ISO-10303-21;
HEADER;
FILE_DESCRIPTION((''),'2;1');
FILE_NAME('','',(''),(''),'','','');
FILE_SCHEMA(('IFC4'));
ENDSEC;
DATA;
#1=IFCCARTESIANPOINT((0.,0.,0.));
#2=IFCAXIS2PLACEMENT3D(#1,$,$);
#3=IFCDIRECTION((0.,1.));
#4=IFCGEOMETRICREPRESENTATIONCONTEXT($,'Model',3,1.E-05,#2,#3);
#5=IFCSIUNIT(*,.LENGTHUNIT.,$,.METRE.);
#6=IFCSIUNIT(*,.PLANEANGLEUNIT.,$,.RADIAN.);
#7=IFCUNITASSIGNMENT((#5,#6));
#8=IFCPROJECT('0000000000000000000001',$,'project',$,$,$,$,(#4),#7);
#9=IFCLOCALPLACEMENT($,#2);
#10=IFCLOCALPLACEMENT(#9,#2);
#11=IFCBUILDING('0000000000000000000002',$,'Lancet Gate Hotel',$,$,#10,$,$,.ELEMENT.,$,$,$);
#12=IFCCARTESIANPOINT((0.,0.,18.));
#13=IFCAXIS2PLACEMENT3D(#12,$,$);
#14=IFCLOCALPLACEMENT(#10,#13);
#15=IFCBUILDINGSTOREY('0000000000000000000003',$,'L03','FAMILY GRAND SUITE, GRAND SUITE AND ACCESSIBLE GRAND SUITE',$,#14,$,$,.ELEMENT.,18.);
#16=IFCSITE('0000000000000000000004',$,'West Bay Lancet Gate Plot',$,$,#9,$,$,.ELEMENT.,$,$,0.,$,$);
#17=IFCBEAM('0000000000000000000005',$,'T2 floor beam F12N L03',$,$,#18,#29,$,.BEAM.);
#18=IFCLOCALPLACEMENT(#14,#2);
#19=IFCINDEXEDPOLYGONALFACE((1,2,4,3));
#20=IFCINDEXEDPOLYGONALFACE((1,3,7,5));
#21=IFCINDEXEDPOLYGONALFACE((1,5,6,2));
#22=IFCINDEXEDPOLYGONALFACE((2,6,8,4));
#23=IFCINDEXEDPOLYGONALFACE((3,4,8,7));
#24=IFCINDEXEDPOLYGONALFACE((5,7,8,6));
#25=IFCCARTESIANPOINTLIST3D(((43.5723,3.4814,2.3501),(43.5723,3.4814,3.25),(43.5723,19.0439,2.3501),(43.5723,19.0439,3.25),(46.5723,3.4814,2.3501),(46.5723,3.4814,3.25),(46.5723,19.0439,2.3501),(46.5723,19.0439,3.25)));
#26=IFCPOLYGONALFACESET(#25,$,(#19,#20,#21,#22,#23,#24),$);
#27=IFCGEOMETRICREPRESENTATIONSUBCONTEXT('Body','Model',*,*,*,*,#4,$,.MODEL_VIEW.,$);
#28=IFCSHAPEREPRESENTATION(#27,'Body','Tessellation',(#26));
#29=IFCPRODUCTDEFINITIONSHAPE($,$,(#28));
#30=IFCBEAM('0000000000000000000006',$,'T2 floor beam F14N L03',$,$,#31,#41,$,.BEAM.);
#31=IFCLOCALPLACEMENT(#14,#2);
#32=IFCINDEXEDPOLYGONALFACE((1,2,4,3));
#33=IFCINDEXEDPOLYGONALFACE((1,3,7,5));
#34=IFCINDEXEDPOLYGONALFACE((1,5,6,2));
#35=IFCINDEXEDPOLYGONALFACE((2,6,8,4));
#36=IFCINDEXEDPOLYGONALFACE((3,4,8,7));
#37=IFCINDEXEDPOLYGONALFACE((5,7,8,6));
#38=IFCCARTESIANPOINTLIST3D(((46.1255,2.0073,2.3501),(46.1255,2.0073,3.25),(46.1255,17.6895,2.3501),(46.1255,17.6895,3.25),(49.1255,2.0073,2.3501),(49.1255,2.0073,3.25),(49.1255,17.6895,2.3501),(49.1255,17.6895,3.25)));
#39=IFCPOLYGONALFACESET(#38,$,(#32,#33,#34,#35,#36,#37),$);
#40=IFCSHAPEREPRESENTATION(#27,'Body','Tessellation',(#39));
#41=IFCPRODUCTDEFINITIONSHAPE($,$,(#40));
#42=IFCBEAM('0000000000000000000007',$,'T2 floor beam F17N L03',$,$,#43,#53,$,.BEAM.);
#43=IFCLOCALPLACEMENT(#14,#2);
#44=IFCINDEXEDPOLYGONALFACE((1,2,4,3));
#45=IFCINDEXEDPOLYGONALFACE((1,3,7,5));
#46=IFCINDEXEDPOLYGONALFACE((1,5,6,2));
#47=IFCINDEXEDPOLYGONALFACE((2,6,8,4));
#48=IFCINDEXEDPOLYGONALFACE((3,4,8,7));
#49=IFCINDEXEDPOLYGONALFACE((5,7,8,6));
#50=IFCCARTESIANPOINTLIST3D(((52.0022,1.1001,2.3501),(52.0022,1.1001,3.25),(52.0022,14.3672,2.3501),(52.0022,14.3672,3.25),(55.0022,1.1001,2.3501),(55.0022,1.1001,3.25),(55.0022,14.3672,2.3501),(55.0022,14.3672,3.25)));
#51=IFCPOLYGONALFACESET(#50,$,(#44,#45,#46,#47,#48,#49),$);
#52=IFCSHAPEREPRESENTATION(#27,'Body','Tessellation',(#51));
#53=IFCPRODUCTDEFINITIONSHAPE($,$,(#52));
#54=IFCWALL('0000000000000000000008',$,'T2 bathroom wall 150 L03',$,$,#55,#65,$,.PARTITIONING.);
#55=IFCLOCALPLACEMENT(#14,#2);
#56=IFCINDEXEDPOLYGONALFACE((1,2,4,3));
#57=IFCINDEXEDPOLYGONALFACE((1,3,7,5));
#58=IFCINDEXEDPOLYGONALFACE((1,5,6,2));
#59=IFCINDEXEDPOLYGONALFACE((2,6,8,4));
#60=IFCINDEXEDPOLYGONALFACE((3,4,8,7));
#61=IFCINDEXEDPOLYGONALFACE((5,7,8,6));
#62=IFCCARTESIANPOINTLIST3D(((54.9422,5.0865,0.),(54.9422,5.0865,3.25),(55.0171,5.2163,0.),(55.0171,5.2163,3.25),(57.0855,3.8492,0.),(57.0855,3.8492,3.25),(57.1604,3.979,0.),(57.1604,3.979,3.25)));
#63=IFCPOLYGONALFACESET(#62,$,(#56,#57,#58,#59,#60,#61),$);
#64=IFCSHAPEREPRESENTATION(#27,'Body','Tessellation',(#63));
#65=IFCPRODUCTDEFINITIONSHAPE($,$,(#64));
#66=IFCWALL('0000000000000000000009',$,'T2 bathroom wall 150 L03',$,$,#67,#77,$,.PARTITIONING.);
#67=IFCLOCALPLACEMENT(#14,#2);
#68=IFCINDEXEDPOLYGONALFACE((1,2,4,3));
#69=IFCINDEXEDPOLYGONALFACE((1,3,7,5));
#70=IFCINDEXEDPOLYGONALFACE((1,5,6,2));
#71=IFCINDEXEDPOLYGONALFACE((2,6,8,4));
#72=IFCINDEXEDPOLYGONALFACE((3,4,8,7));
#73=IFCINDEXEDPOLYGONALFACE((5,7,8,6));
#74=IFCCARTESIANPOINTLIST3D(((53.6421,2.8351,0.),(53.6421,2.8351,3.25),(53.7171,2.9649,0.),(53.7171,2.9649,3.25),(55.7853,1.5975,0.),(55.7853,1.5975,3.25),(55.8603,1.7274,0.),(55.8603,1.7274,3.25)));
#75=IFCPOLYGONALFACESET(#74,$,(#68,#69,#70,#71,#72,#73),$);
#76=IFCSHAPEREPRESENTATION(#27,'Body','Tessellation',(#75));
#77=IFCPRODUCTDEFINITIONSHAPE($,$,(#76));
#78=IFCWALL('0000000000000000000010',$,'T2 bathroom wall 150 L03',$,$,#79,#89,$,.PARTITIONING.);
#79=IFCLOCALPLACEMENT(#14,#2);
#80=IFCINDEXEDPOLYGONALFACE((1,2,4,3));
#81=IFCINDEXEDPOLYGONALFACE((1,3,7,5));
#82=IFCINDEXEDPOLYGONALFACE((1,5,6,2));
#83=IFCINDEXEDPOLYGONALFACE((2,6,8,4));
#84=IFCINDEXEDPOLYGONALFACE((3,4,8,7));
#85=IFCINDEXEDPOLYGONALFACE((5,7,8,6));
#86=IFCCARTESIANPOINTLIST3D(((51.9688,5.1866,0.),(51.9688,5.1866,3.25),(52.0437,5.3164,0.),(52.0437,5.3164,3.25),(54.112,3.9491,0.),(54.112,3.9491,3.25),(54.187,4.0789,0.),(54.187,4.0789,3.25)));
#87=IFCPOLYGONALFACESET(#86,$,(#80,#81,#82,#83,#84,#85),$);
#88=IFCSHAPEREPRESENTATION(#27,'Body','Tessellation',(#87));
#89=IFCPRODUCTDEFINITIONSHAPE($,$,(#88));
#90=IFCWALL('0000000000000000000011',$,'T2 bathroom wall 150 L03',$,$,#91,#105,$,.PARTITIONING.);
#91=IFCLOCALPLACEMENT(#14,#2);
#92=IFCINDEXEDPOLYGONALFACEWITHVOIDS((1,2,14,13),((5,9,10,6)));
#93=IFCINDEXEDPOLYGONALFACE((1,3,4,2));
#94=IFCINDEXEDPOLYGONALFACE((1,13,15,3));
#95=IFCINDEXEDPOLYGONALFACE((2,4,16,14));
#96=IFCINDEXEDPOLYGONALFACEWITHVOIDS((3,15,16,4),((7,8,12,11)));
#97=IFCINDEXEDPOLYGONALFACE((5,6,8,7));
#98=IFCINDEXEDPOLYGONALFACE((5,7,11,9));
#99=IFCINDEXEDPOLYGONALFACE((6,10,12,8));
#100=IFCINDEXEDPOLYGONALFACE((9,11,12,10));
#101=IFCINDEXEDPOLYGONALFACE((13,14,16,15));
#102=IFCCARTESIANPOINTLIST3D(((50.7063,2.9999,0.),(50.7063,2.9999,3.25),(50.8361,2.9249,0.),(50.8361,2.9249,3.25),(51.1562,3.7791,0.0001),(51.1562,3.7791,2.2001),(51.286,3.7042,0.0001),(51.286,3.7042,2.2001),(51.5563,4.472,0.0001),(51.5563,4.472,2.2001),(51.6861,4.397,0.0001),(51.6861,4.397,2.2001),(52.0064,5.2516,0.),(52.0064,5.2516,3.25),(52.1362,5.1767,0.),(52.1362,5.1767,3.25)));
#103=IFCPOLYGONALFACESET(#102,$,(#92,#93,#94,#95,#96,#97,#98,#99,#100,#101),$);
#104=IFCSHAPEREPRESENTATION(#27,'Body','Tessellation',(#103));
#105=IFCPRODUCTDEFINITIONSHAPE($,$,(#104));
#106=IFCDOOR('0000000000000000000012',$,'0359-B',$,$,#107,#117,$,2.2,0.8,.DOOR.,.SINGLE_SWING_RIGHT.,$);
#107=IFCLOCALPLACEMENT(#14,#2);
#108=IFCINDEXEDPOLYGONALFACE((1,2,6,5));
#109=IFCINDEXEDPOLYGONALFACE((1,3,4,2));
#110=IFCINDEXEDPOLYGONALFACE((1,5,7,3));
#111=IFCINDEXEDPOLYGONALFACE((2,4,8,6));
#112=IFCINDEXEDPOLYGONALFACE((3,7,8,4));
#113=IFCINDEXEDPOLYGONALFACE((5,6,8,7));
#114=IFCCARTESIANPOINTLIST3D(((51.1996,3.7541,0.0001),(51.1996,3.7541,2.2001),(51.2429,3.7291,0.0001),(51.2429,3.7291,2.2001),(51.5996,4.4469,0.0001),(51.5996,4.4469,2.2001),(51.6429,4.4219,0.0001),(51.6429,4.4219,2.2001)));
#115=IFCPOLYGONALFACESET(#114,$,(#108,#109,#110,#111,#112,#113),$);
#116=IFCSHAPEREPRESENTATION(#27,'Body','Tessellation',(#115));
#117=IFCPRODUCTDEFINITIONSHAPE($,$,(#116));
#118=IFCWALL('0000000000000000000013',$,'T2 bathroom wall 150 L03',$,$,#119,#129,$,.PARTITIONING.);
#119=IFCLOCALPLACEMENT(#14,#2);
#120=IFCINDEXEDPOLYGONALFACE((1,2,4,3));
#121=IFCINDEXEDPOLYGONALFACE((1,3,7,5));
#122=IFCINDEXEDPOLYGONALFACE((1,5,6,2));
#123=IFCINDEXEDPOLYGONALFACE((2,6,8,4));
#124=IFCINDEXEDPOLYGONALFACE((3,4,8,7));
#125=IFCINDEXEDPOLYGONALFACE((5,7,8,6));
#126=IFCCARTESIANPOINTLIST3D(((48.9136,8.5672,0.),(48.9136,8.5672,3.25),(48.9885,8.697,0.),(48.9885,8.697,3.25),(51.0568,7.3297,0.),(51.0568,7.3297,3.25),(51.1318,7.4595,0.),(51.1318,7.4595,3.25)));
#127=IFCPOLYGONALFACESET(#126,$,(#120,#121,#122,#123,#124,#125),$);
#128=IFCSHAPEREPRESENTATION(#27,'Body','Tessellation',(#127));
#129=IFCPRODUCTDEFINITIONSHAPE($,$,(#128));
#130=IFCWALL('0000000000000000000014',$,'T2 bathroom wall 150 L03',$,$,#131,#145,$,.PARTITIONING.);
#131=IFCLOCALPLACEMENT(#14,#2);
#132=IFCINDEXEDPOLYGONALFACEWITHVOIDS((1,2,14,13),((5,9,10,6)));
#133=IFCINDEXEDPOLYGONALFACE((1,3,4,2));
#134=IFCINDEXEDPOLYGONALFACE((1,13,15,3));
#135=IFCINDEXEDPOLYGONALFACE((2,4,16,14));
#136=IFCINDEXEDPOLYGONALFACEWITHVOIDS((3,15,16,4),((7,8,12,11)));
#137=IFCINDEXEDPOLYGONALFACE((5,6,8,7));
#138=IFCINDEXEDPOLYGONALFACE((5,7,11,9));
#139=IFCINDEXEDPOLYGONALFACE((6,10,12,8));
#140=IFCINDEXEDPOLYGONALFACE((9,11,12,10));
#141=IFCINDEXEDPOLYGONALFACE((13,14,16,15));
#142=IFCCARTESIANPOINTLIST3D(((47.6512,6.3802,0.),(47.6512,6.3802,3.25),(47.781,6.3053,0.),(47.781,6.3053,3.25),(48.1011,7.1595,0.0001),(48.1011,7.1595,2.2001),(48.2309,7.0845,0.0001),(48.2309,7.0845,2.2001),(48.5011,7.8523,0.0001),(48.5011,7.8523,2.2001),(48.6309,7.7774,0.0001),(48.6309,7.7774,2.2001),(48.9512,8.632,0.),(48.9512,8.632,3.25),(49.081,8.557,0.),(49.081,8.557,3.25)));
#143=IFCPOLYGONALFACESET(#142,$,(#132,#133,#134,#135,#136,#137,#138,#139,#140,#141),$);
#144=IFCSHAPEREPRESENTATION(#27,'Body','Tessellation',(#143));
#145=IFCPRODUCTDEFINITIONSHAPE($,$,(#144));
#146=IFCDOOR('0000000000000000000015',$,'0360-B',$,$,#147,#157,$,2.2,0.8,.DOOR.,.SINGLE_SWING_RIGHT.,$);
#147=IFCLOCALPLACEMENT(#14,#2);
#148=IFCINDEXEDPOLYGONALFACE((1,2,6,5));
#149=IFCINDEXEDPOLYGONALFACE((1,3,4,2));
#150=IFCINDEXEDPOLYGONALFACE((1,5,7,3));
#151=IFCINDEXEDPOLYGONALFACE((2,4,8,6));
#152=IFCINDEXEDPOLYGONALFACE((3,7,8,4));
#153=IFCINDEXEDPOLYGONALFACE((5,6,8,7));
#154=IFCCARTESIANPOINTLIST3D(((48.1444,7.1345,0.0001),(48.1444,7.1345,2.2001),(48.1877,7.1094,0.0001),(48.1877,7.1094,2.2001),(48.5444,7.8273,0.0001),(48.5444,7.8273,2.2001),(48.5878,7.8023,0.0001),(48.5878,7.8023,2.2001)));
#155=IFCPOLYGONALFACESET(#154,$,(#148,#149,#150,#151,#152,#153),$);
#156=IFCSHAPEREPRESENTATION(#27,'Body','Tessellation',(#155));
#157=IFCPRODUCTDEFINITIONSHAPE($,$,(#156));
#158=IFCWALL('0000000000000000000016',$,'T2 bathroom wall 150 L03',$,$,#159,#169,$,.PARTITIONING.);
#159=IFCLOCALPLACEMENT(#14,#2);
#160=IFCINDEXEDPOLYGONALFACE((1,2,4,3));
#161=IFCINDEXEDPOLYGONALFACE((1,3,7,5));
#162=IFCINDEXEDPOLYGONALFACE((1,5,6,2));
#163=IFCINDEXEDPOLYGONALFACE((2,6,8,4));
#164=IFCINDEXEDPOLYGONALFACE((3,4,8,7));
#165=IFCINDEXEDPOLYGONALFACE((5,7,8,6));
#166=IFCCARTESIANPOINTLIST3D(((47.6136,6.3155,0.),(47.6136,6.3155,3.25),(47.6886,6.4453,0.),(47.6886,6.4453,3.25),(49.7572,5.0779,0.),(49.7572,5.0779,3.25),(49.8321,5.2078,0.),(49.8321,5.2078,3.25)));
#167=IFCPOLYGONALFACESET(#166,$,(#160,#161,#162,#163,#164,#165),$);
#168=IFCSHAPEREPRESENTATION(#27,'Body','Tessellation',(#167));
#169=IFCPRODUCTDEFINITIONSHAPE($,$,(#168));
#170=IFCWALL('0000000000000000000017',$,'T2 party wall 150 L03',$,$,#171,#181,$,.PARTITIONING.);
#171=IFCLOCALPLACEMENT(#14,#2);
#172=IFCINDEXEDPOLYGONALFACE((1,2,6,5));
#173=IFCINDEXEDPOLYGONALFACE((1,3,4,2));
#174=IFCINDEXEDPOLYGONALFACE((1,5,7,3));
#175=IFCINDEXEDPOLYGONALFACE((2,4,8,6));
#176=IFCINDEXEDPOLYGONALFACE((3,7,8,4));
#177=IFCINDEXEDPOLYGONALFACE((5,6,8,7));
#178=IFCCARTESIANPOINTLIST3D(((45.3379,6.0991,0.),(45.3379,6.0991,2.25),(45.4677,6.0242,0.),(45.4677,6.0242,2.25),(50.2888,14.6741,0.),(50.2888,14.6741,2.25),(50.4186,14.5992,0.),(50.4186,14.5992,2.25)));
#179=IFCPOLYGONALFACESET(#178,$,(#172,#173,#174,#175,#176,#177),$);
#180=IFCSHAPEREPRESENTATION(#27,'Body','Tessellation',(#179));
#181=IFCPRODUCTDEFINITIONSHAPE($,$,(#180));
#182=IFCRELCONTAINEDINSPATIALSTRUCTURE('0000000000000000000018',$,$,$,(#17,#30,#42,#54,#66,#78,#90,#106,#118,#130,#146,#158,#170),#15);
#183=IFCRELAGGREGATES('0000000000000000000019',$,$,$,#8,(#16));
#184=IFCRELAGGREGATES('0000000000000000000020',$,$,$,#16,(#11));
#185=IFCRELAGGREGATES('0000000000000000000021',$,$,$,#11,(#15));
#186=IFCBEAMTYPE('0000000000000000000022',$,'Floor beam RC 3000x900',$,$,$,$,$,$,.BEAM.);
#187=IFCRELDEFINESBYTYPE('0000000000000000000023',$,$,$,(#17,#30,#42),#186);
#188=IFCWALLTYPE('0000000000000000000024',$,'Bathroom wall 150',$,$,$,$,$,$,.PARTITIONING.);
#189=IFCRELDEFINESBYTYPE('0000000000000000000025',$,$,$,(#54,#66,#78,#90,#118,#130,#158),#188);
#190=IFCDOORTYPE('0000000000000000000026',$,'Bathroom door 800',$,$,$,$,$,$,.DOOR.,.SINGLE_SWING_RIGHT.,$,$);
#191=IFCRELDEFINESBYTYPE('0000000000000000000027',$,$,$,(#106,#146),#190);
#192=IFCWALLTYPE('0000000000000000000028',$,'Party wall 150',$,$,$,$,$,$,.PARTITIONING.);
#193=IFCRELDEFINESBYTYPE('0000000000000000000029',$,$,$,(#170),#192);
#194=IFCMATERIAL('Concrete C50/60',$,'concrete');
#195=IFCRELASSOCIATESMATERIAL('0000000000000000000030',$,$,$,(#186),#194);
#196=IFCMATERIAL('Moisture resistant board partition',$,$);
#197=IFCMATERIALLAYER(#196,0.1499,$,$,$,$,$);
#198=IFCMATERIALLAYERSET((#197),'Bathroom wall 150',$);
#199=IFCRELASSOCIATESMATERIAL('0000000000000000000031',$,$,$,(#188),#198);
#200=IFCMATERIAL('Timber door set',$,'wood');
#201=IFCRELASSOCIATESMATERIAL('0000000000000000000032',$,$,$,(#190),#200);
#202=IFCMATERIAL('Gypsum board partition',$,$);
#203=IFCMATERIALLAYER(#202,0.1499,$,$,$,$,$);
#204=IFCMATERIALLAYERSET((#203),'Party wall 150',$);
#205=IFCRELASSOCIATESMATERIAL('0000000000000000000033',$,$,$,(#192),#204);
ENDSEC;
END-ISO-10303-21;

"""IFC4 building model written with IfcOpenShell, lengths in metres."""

from ifc_helpers import new_model, si_unit, direction, frame, frame_2d, origin, origin_2d, place, context, subcontext, project, spatial, rectangle, extrude, material, layer, layer_set, material_profile, profile_set, type_object, element, fill, save


model = new_model("IFC4")

# Units and contexts
model_context = context("Model", 3, precision=1e-05, world=origin(), true_north=direction((0.0, 1.0)))
body_context = subcontext(model_context, "Body", "Model", "MODEL_VIEW")
ifc_project = project(units=[si_unit("LENGTHUNIT", "METRE"), si_unit("PLANEANGLEUNIT", "RADIAN")], contexts=[model_context])

# Site, building, storey
site_placement = place(None, origin())
site = spatial("IfcSite", under=ifc_project, at=site_placement, Name="West Bay Lancet Gate Plot", CompositionType="ELEMENT", RefElevation=0.0)
building_placement = place(site_placement, origin())
building = spatial("IfcBuilding", under=site, at=building_placement, Name="Lancet Gate Hotel", CompositionType="ELEMENT")
storey_placement = place(building_placement, frame((0.0, 0.0, 18.0)))
storey = spatial("IfcBuildingStorey", under=building, at=storey_placement, Name="L03", Description="FAMILY GRAND SUITE, GRAND SUITE AND ACCESSIBLE GRAND SUITE", CompositionType="ELEMENT", Elevation=18.0)

# Beams
ifc_material_1 = material(Name="Concrete C50/60", Category="concrete")
ifc_material_profile = material_profile(ifc_material_1, rectangle(XDim=3.0, YDim=0.8999, at=origin_2d()), Name="RC 3000x900")
ifc_profile_set = profile_set([ifc_material_profile], Name="Concrete C50/60")
beam_type = type_object("IfcBeamType", Name="Floor beam RC 3000x900", PredefinedType="BEAM", material=ifc_profile_set)
beam_1_placement = place(storey_placement, frame((45.0723, 3.4814, 2.8), z_axis=(0.0, 1.0, 0.0), x_axis=(-1.0, 0.0, 0.0)))
element("IfcBeam", 1, at=beam_1_placement, inside=storey, type_object=beam_type, Name="T2 floor beam F12N L03", PredefinedType="BEAM", context=body_context, shape_type="SweptSolid", body=[
    extrude(rectangle(XDim=3.0, YDim=0.8999, at=origin_2d()), origin(), (0.0, 0.0, 1.0), 15.5625),
])
beam_2_placement = place(storey_placement, frame((47.6255, 2.0073, 2.8), z_axis=(0.0, 1.0, 0.0), x_axis=(-1.0, 0.0, 0.0)))
element("IfcBeam", 2, at=beam_2_placement, inside=storey, type_object=beam_type, Name="T2 floor beam F14N L03", PredefinedType="BEAM", context=body_context, shape_type="SweptSolid", body=[
    extrude(rectangle(XDim=3.0, YDim=0.8999, at=origin_2d()), origin(), (0.0, 0.0, 1.0), 15.6821),
])
beam_3_placement = place(storey_placement, frame((53.5022, 1.1001, 2.8), z_axis=(0.0, 1.0, 0.0), x_axis=(-1.0, 0.0, 0.0)))
element("IfcBeam", 3, at=beam_3_placement, inside=storey, type_object=beam_type, Name="T2 floor beam F17N L03", PredefinedType="BEAM", context=body_context, shape_type="SweptSolid", body=[
    extrude(rectangle(XDim=3.0, YDim=0.8999, at=origin_2d()), origin(), (0.0, 0.0, 1.0), 13.2671),
])

# Walls
ifc_material_2 = material(Name="Moisture resistant board partition")
ifc_layer_1 = layer(ifc_material_2, 0.1499)
ifc_layer_set_1 = layer_set([ifc_layer_1], Name="Bathroom wall 150")
wall_type_1 = type_object("IfcWallType", Name="Bathroom wall 150", PredefinedType="PARTITIONING", material=ifc_layer_set_1)
for number, where, z_axis, x_axis, name in (
    (4, (54.9797, 5.1514, 0.0), (0.0, 0.0, 1.0), (0.866049, -0.499959, 0.0), "T2 bathroom wall 150 L03"),
    (5, (53.6797, 2.8999, 0.0), (0.0, 0.0, 1.0), (0.866007, -0.500033, 0.0), "T2 bathroom wall 150 L03"),
    (6, (52.0063, 5.2515, 0.0), (0.0, 0.0, 1.0), (0.866007, -0.500033, 0.0), "T2 bathroom wall 150 L03"),
):
    element("IfcWall", number, at=place(storey_placement, frame(where, z_axis=z_axis, x_axis=x_axis)), inside=storey, type_object=wall_type_1, Name=name, PredefinedType="PARTITIONING", context=body_context, shape_type="SweptSolid", body=[
        extrude(rectangle(XDim=2.4749, YDim=0.1499, at=frame_2d((1.2373, 0.0))), origin(), (0.0, 0.0, 1.0), 3.25),
    ])

# Wall, opening, door
wall_1_placement = place(storey_placement, frame((50.7712, 2.9624, 0.0), z_axis=(0.0, 0.0, 1.0), x_axis=(0.500007, 0.866021, 0.0)))
wall_1 = element("IfcWall", 7, at=wall_1_placement, inside=storey, type_object=wall_type_1, Name="T2 bathroom wall 150 L03", PredefinedType="PARTITIONING", context=body_context, shape_type="SweptSolid", body=[
    extrude(rectangle(XDim=2.6001, YDim=0.1499, at=frame_2d((1.3, 0.0))), origin(), (0.0, 0.0, 1.0), 3.25),
])
opening_1_placement = place(wall_1_placement, frame((0.8999, 0.0, 0.0)))
opening_1 = element("IfcOpeningElement", 8, at=opening_1_placement, cuts=wall_1, PredefinedType="OPENING", context=body_context, shape_type="SweptSolid", body=[
    extrude(rectangle(XDim=0.8, YDim=2.2, at=frame_2d((0.3999, 1.1001))), frame((0.0, 0.085, 0.0), z_axis=(0.0, -1.0, 0.0), x_axis=(1.0, 0.0, 0.0)), (0.0, 0.0, 1.0), 0.1699),
])
ifc_material_3 = material(Name="Timber door set", Category="wood")
door_type_1 = type_object("IfcDoorType", Name="Bathroom door 800", OperationType="SINGLE_SWING_RIGHT", PredefinedType="DOOR", material=ifc_material_3)
door_1_placement = place(opening_1_placement, origin())
door_1 = element("IfcDoor", 9, at=door_1_placement, inside=storey, type_object=door_type_1, Name="0359-B", OperationType="SINGLE_SWING_RIGHT", OverallHeight=2.2, OverallWidth=0.8, PredefinedType="DOOR", context=body_context, shape_type="SweptSolid", body=[
    extrude(rectangle(XDim=0.8, YDim=2.2, at=frame_2d((0.3999, 1.1001))), frame((0.0, 0.0249, 0.0), z_axis=(0.0, -1.0, 0.0), x_axis=(1.0, 0.0, 0.0)), (0.0, 0.0, 1.0), 0.05),
])
fill(opening_1, door_1)

# Wall
wall_2_placement = place(storey_placement, frame((48.9512, 8.6321, 0.0), z_axis=(0.0, 0.0, 1.0), x_axis=(0.866007, -0.500033, 0.0)))
element("IfcWall", 10, at=wall_2_placement, inside=storey, type_object=wall_type_1, Name="T2 bathroom wall 150 L03", PredefinedType="PARTITIONING", context=body_context, shape_type="SweptSolid", body=[
    extrude(rectangle(XDim=2.4749, YDim=0.1499, at=frame_2d((1.2373, 0.0))), origin(), (0.0, 0.0, 1.0), 3.25),
])

# Wall, opening, door
wall_3_placement = place(storey_placement, frame((47.7161, 6.3428, 0.0), z_axis=(0.0, 0.0, 1.0), x_axis=(0.500007, 0.866021, 0.0)))
wall_3 = element("IfcWall", 11, at=wall_3_placement, inside=storey, type_object=wall_type_1, Name="T2 bathroom wall 150 L03", PredefinedType="PARTITIONING", context=body_context, shape_type="SweptSolid", body=[
    extrude(rectangle(XDim=2.6001, YDim=0.1499, at=frame_2d((1.3, 0.0))), origin(), (0.0, 0.0, 1.0), 3.25),
])
opening_2_placement = place(wall_3_placement, frame((0.8999, 0.0, 0.0)))
opening_2 = element("IfcOpeningElement", 12, at=opening_2_placement, cuts=wall_3, PredefinedType="OPENING", context=body_context, shape_type="SweptSolid", body=[
    extrude(rectangle(XDim=0.8, YDim=2.2, at=frame_2d((0.3999, 1.1001))), frame((0.0, 0.085, 0.0), z_axis=(0.0, -1.0, 0.0), x_axis=(1.0, 0.0, 0.0)), (0.0, 0.0, 1.0), 0.1699),
])
door_2_placement = place(opening_2_placement, origin())
door_2 = element("IfcDoor", 13, at=door_2_placement, inside=storey, type_object=door_type_1, Name="0360-B", OperationType="SINGLE_SWING_RIGHT", OverallHeight=2.2, OverallWidth=0.8, PredefinedType="DOOR", context=body_context, shape_type="SweptSolid", body=[
    extrude(rectangle(XDim=0.8, YDim=2.2, at=frame_2d((0.3999, 1.1001))), frame((0.0, 0.0249, 0.0), z_axis=(0.0, -1.0, 0.0), x_axis=(1.0, 0.0, 0.0)), (0.0, 0.0, 1.0), 0.05),
])
fill(opening_2, door_2)

# Walls
wall_4_placement = place(storey_placement, frame((47.6511, 6.3804, 0.0), z_axis=(0.0, 0.0, 1.0), x_axis=(0.866031, -0.49999, 0.0)))
element("IfcWall", 14, at=wall_4_placement, inside=storey, type_object=wall_type_1, Name="T2 bathroom wall 150 L03", PredefinedType="PARTITIONING", context=body_context, shape_type="SweptSolid", body=[
    extrude(rectangle(XDim=2.4751, YDim=0.1499, at=frame_2d((1.2375, 0.0))), origin(), (0.0, 0.0, 1.0), 3.25),
])
ifc_material_4 = material(Name="Gypsum board partition")
ifc_layer_2 = layer(ifc_material_4, 0.1499)
ifc_layer_set_2 = layer_set([ifc_layer_2], Name="Party wall 150")
wall_type_2 = type_object("IfcWallType", Name="Party wall 150", PredefinedType="PARTITIONING", material=ifc_layer_set_2)
wall_5_placement = place(storey_placement, frame((45.4028, 6.0618, 0.0), z_axis=(0.0, 0.0, 1.0), x_axis=(0.500013, 0.866018, 0.0)))
element("IfcWall", 15, at=wall_5_placement, inside=storey, type_object=wall_type_2, Name="T2 party wall 150 L03", PredefinedType="PARTITIONING", context=body_context, shape_type="SweptSolid", body=[
    extrude(rectangle(XDim=9.9016, YDim=0.1499, at=frame_2d((4.9507, 0.0))), origin(), (0.0, 0.0, 1.0), 2.25),
])

save(model, "model.ifc")
